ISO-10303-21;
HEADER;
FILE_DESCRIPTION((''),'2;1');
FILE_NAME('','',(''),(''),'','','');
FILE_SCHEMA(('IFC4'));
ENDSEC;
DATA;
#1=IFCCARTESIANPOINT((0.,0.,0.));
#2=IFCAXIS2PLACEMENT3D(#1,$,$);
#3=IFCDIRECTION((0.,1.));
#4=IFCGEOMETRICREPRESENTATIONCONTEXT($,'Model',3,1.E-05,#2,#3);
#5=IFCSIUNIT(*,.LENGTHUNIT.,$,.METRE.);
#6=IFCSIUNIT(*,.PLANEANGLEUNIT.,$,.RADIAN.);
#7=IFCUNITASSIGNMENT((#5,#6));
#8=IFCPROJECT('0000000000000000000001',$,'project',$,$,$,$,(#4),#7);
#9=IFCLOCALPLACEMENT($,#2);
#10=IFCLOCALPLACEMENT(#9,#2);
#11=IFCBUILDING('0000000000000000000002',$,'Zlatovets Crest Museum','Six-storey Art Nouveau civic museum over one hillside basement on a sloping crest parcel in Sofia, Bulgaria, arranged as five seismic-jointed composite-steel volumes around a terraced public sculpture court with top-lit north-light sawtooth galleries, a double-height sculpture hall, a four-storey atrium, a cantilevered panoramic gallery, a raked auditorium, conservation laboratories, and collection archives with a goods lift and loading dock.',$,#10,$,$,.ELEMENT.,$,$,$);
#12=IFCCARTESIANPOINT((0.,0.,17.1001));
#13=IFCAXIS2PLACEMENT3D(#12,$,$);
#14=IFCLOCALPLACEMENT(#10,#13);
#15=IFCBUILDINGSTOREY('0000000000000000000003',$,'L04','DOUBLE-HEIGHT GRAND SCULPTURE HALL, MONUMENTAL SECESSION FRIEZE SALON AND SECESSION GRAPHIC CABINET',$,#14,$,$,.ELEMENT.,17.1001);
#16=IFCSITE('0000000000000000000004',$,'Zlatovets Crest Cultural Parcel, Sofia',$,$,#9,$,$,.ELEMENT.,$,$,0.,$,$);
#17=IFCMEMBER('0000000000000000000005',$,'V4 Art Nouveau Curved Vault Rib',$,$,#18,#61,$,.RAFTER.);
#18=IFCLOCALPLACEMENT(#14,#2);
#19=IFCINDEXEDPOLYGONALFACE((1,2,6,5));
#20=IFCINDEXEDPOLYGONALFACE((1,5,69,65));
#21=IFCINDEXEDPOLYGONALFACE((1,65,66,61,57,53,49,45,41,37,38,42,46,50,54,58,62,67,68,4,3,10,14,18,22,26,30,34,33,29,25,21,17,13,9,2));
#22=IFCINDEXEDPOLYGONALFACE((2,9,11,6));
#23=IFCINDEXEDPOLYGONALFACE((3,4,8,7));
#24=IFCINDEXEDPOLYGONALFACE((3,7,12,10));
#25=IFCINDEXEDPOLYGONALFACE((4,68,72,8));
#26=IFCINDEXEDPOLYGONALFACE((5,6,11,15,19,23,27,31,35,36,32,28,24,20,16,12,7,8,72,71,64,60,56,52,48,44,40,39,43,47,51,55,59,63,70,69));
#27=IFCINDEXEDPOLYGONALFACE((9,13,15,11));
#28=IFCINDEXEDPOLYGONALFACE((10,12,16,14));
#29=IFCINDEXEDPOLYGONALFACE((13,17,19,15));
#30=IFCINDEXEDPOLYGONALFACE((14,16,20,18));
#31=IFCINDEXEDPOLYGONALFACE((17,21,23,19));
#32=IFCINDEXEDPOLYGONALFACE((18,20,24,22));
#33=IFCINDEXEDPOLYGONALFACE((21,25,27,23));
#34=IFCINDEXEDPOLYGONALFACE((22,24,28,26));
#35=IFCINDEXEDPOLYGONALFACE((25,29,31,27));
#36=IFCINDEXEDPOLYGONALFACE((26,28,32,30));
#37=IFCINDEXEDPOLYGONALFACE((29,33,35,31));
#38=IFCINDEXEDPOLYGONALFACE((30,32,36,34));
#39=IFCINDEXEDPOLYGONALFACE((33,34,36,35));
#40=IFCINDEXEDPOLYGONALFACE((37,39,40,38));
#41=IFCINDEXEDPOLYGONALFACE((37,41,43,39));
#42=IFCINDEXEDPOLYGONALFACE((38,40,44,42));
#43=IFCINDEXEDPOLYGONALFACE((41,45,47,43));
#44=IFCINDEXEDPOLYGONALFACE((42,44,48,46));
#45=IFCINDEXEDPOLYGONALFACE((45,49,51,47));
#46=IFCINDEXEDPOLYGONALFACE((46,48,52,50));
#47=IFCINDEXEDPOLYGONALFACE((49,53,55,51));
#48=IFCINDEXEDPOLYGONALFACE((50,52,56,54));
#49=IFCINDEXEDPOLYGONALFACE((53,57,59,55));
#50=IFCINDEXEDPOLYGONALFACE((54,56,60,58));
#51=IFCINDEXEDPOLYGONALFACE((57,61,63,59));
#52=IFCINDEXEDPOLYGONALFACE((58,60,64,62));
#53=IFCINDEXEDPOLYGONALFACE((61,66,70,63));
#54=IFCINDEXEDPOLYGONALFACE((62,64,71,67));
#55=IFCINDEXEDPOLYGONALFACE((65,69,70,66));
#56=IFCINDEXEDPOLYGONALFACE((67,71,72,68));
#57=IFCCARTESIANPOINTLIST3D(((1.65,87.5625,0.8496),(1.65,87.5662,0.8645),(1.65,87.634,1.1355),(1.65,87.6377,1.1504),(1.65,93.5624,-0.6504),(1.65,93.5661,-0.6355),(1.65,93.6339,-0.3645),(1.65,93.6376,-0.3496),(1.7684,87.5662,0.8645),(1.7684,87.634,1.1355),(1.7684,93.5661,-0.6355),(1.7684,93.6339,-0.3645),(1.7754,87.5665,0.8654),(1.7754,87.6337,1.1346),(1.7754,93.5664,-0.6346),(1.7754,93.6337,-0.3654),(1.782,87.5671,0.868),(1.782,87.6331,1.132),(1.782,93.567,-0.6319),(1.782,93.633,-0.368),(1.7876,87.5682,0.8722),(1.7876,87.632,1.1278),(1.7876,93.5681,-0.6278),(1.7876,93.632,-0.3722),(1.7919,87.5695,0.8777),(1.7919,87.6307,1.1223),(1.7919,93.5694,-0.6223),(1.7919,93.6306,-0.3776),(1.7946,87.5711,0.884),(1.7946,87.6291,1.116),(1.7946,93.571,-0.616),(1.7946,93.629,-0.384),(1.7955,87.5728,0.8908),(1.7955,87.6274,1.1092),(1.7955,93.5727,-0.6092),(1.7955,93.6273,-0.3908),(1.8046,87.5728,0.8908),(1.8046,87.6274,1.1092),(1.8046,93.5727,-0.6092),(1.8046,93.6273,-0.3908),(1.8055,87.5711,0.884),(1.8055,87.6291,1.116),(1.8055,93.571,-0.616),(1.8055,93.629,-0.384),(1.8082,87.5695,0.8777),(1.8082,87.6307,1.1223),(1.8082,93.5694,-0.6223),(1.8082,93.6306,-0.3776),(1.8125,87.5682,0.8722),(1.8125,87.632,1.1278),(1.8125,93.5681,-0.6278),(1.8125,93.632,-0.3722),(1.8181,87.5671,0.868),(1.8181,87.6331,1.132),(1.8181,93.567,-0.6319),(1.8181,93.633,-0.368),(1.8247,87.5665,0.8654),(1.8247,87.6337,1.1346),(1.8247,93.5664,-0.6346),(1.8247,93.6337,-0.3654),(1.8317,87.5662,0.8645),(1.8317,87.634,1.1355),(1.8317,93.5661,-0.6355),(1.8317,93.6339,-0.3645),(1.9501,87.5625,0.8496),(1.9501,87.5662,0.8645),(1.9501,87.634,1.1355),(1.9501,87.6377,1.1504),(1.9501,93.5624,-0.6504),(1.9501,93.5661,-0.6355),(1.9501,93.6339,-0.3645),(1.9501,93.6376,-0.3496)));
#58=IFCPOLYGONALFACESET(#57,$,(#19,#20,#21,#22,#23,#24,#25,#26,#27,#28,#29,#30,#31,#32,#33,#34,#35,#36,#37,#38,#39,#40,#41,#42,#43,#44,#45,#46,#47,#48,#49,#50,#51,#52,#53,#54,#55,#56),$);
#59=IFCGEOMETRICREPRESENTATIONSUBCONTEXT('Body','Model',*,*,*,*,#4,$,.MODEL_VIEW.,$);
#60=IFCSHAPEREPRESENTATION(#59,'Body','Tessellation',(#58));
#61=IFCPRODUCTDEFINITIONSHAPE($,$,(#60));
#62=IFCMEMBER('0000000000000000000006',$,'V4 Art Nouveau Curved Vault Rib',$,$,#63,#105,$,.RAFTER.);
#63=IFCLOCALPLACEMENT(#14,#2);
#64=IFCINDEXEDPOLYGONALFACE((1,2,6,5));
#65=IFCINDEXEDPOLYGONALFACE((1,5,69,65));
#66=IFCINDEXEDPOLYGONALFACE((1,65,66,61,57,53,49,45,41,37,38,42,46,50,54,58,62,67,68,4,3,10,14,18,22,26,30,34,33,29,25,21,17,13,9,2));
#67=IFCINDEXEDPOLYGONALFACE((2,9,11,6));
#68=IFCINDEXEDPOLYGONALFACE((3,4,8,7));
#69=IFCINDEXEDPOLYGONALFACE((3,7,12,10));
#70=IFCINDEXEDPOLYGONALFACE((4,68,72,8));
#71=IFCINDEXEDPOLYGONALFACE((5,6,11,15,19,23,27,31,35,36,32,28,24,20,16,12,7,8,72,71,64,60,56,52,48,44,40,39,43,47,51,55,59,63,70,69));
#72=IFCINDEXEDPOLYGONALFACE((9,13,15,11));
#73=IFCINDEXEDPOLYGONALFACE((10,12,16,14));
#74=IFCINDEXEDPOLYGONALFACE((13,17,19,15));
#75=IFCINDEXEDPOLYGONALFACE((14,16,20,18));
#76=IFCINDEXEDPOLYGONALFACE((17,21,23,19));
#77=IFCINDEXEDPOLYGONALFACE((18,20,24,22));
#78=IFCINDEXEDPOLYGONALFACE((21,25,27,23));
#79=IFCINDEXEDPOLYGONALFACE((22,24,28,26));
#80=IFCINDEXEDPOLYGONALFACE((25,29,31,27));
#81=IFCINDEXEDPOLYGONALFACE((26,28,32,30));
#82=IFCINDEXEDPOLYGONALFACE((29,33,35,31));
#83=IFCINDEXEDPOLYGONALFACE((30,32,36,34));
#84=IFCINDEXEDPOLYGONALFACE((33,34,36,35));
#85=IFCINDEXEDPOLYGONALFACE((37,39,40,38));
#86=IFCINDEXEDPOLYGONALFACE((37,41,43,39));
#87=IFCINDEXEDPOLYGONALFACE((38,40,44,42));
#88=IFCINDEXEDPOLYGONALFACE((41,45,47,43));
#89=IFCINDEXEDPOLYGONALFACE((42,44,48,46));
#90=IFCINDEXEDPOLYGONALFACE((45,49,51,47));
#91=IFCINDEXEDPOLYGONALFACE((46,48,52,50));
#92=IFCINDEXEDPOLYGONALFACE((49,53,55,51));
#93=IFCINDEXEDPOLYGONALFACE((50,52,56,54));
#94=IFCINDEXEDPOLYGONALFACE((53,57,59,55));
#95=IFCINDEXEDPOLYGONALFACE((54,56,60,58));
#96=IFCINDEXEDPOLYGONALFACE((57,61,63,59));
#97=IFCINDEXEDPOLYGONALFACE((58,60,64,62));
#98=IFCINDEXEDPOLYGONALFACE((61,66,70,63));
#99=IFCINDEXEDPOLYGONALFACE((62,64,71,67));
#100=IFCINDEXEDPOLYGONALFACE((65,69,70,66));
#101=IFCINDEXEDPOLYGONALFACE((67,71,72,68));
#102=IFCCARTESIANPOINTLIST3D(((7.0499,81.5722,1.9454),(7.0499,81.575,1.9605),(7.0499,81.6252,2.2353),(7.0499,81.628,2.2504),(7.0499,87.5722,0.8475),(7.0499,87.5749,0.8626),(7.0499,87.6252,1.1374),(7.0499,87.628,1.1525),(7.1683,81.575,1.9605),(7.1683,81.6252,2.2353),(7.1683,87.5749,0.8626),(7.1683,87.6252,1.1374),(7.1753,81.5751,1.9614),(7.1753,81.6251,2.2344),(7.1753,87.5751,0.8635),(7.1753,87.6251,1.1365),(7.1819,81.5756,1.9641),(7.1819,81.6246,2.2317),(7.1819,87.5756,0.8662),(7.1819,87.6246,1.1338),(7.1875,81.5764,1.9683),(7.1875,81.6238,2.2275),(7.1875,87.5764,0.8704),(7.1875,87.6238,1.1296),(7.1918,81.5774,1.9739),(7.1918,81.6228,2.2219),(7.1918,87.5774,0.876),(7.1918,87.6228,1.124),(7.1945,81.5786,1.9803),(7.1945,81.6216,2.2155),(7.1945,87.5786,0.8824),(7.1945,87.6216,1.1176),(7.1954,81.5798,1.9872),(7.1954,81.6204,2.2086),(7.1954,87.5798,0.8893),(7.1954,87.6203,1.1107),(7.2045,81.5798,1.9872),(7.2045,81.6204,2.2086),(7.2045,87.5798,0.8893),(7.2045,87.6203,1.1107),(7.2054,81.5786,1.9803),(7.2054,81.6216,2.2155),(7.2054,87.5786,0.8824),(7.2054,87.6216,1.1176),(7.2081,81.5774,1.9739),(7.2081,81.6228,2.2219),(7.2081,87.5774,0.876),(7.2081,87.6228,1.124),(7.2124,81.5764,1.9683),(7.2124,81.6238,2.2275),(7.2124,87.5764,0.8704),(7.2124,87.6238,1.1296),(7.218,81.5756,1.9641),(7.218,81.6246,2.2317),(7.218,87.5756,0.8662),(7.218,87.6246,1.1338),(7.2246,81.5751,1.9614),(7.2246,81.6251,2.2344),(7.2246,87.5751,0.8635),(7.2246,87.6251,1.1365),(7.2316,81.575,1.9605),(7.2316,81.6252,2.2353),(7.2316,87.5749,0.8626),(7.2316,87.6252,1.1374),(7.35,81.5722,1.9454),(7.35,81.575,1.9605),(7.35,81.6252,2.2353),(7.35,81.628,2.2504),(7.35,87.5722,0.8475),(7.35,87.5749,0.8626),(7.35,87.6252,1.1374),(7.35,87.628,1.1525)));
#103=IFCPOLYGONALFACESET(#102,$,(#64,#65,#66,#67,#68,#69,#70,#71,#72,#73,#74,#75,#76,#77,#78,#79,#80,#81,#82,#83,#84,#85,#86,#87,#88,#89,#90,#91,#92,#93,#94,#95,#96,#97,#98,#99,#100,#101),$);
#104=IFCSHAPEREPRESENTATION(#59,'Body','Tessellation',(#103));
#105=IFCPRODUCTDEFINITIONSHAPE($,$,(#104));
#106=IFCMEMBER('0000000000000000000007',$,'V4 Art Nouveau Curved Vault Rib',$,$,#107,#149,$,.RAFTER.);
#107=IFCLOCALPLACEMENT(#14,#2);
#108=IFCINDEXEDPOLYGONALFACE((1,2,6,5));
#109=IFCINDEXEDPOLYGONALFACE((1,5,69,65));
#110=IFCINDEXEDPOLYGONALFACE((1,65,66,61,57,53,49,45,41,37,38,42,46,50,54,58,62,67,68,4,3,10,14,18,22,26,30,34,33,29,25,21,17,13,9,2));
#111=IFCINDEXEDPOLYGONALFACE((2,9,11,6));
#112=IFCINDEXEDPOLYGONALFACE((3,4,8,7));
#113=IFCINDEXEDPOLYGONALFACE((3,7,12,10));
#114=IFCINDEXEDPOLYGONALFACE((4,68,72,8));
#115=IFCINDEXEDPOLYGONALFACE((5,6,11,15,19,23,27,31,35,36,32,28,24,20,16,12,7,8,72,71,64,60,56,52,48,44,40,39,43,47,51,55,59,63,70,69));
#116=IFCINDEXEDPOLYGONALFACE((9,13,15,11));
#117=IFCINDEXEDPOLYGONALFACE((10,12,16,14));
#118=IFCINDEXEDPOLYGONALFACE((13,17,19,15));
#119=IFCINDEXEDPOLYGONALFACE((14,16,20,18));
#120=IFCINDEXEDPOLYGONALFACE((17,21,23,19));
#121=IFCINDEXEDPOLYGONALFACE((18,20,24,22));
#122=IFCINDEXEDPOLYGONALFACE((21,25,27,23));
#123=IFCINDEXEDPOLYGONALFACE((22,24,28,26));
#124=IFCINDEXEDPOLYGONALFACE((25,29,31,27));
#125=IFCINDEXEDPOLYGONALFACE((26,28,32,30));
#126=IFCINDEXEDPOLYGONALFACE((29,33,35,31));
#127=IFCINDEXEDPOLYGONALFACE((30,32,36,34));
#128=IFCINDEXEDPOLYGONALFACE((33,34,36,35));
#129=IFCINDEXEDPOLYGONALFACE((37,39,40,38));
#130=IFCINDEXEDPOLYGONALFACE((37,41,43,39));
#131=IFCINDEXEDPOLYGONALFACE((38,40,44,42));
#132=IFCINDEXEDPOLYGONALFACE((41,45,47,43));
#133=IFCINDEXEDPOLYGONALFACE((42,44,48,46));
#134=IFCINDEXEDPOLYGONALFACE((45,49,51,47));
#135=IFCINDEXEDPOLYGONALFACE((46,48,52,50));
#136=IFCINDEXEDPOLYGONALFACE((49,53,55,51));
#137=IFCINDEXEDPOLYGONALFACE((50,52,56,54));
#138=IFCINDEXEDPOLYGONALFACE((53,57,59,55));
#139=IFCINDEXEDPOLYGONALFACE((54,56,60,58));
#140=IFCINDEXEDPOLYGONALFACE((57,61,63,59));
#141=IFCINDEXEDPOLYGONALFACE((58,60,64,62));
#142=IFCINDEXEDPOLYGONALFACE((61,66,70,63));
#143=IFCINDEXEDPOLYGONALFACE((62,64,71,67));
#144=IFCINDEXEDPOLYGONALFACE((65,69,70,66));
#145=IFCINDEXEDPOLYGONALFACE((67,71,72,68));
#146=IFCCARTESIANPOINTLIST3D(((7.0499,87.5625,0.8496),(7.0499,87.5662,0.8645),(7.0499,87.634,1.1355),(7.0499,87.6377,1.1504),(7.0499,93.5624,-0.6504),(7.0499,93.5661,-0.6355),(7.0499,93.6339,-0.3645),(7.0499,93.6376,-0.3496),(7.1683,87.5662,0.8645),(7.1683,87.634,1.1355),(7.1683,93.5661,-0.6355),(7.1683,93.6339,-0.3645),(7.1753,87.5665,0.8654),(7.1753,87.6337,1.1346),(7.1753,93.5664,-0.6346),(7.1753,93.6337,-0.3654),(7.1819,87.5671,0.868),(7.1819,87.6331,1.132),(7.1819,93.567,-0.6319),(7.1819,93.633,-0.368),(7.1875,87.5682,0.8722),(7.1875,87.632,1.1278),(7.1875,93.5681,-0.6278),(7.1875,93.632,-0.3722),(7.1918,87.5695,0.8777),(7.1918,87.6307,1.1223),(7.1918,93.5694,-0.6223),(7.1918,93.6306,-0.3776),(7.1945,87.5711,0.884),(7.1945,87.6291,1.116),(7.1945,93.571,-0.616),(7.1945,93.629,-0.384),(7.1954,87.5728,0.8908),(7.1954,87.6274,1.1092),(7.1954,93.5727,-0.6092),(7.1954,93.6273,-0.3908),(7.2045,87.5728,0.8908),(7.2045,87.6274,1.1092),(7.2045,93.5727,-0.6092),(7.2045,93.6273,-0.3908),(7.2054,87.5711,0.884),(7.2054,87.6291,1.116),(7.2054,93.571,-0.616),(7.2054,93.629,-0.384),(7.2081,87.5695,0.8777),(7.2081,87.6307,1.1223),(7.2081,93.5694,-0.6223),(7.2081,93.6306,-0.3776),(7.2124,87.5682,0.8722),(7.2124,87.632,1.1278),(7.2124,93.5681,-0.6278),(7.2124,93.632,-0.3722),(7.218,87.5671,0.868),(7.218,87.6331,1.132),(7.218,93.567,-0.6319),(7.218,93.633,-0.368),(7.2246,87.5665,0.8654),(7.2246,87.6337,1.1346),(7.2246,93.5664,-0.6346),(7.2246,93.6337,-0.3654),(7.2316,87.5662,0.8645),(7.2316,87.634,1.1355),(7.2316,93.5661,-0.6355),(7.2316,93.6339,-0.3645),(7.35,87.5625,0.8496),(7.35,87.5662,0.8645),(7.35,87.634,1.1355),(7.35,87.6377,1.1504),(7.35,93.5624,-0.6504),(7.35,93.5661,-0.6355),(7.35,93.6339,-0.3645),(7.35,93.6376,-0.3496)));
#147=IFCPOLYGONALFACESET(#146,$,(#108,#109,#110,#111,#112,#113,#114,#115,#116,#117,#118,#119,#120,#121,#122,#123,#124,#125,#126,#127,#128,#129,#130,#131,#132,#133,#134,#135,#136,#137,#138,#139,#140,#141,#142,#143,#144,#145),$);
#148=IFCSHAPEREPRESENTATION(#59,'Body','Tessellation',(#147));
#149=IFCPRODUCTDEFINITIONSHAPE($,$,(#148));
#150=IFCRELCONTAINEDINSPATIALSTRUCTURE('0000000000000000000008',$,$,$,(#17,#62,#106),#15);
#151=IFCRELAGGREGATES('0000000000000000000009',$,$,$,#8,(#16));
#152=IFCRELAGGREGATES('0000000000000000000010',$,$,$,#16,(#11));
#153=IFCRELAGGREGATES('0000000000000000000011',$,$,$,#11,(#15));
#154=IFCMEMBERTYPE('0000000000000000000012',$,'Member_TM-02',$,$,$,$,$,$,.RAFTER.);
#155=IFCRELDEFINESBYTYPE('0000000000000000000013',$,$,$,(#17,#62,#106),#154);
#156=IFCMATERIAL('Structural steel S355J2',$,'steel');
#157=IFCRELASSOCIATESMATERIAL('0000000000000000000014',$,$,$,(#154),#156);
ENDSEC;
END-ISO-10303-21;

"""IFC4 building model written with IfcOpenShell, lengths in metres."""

from ifc_helpers import new_model, si_unit, direction, frame, origin, origin_2d, place, context, subcontext, project, spatial, i_section, extrude, material, material_profile, profile_set, type_object, element, save


model = new_model("IFC4")

# Units and contexts
model_context = context("Model", 3, precision=1e-05, world=origin(), true_north=direction((0.0, 1.0)))
body_context = subcontext(model_context, "Body", "Model", "MODEL_VIEW")
ifc_project = project(units=[si_unit("LENGTHUNIT", "METRE"), si_unit("PLANEANGLEUNIT", "RADIAN")], contexts=[model_context])

# Site, building, storey
site_placement = place(None, origin())
site = spatial("IfcSite", under=ifc_project, at=site_placement, Name="Zlatovets Crest Cultural Parcel, Sofia", CompositionType="ELEMENT", RefElevation=0.0)
building_placement = place(site_placement, origin())
building = spatial("IfcBuilding", under=site, at=building_placement, Name="Zlatovets Crest Museum", Description="Six-storey Art Nouveau civic museum over one hillside basement on a sloping crest parcel in Sofia, Bulgaria, arranged as five seismic-jointed composite-steel volumes around a terraced public sculpture court with top-lit north-light sawtooth galleries, a double-height sculpture hall, a four-storey atrium, a cantilevered panoramic gallery, a raked auditorium, conservation laboratories, and collection archives with a goods lift and loading dock.", CompositionType="ELEMENT")
storey_placement = place(building_placement, frame((0.0, 0.0, 17.1001)))
storey = spatial("IfcBuildingStorey", under=building, at=storey_placement, Name="L04", Description="DOUBLE-HEIGHT GRAND SCULPTURE HALL, MONUMENTAL SECESSION FRIEZE SALON AND SECESSION GRAPHIC CABINET", CompositionType="ELEMENT", Elevation=17.1001)

# Shared definitions
ifc_material_1 = material(Name="Structural steel S355J2", Category="steel")

# Members
ifc_material_profile_1 = material_profile(ifc_material_1, i_section(OverallWidth=0.3, OverallDepth=0.3101, WebThickness=0.009, FlangeThickness=0.0154, FilletRadius=0.0271, at=origin_2d()), Name="HEA 320")
ifc_profile_set_1 = profile_set([ifc_material_profile_1], Name="Structural steel S355J2")
member_type_1 = type_object("IfcMemberType", Name="Member_TM-02", PredefinedType="RAFTER", material=ifc_profile_set_1)
for number, where, z_axis, x_axis, name in (
    (1, (1.8, 87.6001, 1.0), (0.0, 0.970143, -0.242536), (-1.0, 0.0, 0.0), "V4 Art Nouveau Curved Vault Rib"),
):
    element("IfcMember", number, at=place(storey_placement, frame(where, z_axis=z_axis, x_axis=x_axis)), inside=storey, type_object=member_type_1, Name=name, PredefinedType="RAFTER", context=body_context, shape_type="SweptSolid", body=[
        extrude(i_section(OverallWidth=0.3, OverallDepth=0.3101, WebThickness=0.009, FlangeThickness=0.0154, FilletRadius=0.0271, at=origin_2d()), origin(), (0.0, 0.0, 1.0), 6.1846),
    ])
member_1_placement = place(storey_placement, frame((7.2, 81.6001, 2.0979), z_axis=(0.0, 0.983668, -0.179995), x_axis=(-1.0, 0.0, 0.0)))
element("IfcMember", 2, at=member_1_placement, inside=storey, type_object=member_type_1, Name="V4 Art Nouveau Curved Vault Rib", PredefinedType="RAFTER", context=body_context, shape_type="SweptSolid", body=[
    extrude(i_section(OverallWidth=0.3, OverallDepth=0.3101, WebThickness=0.009, FlangeThickness=0.0154, FilletRadius=0.0271, at=origin_2d()), origin(), (0.0, 0.0, 1.0), 6.0996),
])
member_2_placement = place(storey_placement, frame((7.2, 87.6001, 1.0), z_axis=(0.0, 0.970143, -0.242536), x_axis=(-1.0, 0.0, 0.0)))
element("IfcMember", 3, at=member_2_placement, inside=storey, type_object=member_type_1, Name="V4 Art Nouveau Curved Vault Rib", PredefinedType="RAFTER", context=body_context, shape_type="SweptSolid", body=[
    extrude(i_section(OverallWidth=0.3, OverallDepth=0.3101, WebThickness=0.009, FlangeThickness=0.0154, FilletRadius=0.0271, at=origin_2d()), origin(), (0.0, 0.0, 1.0), 6.1846),
])

save(model, "model.ifc")
